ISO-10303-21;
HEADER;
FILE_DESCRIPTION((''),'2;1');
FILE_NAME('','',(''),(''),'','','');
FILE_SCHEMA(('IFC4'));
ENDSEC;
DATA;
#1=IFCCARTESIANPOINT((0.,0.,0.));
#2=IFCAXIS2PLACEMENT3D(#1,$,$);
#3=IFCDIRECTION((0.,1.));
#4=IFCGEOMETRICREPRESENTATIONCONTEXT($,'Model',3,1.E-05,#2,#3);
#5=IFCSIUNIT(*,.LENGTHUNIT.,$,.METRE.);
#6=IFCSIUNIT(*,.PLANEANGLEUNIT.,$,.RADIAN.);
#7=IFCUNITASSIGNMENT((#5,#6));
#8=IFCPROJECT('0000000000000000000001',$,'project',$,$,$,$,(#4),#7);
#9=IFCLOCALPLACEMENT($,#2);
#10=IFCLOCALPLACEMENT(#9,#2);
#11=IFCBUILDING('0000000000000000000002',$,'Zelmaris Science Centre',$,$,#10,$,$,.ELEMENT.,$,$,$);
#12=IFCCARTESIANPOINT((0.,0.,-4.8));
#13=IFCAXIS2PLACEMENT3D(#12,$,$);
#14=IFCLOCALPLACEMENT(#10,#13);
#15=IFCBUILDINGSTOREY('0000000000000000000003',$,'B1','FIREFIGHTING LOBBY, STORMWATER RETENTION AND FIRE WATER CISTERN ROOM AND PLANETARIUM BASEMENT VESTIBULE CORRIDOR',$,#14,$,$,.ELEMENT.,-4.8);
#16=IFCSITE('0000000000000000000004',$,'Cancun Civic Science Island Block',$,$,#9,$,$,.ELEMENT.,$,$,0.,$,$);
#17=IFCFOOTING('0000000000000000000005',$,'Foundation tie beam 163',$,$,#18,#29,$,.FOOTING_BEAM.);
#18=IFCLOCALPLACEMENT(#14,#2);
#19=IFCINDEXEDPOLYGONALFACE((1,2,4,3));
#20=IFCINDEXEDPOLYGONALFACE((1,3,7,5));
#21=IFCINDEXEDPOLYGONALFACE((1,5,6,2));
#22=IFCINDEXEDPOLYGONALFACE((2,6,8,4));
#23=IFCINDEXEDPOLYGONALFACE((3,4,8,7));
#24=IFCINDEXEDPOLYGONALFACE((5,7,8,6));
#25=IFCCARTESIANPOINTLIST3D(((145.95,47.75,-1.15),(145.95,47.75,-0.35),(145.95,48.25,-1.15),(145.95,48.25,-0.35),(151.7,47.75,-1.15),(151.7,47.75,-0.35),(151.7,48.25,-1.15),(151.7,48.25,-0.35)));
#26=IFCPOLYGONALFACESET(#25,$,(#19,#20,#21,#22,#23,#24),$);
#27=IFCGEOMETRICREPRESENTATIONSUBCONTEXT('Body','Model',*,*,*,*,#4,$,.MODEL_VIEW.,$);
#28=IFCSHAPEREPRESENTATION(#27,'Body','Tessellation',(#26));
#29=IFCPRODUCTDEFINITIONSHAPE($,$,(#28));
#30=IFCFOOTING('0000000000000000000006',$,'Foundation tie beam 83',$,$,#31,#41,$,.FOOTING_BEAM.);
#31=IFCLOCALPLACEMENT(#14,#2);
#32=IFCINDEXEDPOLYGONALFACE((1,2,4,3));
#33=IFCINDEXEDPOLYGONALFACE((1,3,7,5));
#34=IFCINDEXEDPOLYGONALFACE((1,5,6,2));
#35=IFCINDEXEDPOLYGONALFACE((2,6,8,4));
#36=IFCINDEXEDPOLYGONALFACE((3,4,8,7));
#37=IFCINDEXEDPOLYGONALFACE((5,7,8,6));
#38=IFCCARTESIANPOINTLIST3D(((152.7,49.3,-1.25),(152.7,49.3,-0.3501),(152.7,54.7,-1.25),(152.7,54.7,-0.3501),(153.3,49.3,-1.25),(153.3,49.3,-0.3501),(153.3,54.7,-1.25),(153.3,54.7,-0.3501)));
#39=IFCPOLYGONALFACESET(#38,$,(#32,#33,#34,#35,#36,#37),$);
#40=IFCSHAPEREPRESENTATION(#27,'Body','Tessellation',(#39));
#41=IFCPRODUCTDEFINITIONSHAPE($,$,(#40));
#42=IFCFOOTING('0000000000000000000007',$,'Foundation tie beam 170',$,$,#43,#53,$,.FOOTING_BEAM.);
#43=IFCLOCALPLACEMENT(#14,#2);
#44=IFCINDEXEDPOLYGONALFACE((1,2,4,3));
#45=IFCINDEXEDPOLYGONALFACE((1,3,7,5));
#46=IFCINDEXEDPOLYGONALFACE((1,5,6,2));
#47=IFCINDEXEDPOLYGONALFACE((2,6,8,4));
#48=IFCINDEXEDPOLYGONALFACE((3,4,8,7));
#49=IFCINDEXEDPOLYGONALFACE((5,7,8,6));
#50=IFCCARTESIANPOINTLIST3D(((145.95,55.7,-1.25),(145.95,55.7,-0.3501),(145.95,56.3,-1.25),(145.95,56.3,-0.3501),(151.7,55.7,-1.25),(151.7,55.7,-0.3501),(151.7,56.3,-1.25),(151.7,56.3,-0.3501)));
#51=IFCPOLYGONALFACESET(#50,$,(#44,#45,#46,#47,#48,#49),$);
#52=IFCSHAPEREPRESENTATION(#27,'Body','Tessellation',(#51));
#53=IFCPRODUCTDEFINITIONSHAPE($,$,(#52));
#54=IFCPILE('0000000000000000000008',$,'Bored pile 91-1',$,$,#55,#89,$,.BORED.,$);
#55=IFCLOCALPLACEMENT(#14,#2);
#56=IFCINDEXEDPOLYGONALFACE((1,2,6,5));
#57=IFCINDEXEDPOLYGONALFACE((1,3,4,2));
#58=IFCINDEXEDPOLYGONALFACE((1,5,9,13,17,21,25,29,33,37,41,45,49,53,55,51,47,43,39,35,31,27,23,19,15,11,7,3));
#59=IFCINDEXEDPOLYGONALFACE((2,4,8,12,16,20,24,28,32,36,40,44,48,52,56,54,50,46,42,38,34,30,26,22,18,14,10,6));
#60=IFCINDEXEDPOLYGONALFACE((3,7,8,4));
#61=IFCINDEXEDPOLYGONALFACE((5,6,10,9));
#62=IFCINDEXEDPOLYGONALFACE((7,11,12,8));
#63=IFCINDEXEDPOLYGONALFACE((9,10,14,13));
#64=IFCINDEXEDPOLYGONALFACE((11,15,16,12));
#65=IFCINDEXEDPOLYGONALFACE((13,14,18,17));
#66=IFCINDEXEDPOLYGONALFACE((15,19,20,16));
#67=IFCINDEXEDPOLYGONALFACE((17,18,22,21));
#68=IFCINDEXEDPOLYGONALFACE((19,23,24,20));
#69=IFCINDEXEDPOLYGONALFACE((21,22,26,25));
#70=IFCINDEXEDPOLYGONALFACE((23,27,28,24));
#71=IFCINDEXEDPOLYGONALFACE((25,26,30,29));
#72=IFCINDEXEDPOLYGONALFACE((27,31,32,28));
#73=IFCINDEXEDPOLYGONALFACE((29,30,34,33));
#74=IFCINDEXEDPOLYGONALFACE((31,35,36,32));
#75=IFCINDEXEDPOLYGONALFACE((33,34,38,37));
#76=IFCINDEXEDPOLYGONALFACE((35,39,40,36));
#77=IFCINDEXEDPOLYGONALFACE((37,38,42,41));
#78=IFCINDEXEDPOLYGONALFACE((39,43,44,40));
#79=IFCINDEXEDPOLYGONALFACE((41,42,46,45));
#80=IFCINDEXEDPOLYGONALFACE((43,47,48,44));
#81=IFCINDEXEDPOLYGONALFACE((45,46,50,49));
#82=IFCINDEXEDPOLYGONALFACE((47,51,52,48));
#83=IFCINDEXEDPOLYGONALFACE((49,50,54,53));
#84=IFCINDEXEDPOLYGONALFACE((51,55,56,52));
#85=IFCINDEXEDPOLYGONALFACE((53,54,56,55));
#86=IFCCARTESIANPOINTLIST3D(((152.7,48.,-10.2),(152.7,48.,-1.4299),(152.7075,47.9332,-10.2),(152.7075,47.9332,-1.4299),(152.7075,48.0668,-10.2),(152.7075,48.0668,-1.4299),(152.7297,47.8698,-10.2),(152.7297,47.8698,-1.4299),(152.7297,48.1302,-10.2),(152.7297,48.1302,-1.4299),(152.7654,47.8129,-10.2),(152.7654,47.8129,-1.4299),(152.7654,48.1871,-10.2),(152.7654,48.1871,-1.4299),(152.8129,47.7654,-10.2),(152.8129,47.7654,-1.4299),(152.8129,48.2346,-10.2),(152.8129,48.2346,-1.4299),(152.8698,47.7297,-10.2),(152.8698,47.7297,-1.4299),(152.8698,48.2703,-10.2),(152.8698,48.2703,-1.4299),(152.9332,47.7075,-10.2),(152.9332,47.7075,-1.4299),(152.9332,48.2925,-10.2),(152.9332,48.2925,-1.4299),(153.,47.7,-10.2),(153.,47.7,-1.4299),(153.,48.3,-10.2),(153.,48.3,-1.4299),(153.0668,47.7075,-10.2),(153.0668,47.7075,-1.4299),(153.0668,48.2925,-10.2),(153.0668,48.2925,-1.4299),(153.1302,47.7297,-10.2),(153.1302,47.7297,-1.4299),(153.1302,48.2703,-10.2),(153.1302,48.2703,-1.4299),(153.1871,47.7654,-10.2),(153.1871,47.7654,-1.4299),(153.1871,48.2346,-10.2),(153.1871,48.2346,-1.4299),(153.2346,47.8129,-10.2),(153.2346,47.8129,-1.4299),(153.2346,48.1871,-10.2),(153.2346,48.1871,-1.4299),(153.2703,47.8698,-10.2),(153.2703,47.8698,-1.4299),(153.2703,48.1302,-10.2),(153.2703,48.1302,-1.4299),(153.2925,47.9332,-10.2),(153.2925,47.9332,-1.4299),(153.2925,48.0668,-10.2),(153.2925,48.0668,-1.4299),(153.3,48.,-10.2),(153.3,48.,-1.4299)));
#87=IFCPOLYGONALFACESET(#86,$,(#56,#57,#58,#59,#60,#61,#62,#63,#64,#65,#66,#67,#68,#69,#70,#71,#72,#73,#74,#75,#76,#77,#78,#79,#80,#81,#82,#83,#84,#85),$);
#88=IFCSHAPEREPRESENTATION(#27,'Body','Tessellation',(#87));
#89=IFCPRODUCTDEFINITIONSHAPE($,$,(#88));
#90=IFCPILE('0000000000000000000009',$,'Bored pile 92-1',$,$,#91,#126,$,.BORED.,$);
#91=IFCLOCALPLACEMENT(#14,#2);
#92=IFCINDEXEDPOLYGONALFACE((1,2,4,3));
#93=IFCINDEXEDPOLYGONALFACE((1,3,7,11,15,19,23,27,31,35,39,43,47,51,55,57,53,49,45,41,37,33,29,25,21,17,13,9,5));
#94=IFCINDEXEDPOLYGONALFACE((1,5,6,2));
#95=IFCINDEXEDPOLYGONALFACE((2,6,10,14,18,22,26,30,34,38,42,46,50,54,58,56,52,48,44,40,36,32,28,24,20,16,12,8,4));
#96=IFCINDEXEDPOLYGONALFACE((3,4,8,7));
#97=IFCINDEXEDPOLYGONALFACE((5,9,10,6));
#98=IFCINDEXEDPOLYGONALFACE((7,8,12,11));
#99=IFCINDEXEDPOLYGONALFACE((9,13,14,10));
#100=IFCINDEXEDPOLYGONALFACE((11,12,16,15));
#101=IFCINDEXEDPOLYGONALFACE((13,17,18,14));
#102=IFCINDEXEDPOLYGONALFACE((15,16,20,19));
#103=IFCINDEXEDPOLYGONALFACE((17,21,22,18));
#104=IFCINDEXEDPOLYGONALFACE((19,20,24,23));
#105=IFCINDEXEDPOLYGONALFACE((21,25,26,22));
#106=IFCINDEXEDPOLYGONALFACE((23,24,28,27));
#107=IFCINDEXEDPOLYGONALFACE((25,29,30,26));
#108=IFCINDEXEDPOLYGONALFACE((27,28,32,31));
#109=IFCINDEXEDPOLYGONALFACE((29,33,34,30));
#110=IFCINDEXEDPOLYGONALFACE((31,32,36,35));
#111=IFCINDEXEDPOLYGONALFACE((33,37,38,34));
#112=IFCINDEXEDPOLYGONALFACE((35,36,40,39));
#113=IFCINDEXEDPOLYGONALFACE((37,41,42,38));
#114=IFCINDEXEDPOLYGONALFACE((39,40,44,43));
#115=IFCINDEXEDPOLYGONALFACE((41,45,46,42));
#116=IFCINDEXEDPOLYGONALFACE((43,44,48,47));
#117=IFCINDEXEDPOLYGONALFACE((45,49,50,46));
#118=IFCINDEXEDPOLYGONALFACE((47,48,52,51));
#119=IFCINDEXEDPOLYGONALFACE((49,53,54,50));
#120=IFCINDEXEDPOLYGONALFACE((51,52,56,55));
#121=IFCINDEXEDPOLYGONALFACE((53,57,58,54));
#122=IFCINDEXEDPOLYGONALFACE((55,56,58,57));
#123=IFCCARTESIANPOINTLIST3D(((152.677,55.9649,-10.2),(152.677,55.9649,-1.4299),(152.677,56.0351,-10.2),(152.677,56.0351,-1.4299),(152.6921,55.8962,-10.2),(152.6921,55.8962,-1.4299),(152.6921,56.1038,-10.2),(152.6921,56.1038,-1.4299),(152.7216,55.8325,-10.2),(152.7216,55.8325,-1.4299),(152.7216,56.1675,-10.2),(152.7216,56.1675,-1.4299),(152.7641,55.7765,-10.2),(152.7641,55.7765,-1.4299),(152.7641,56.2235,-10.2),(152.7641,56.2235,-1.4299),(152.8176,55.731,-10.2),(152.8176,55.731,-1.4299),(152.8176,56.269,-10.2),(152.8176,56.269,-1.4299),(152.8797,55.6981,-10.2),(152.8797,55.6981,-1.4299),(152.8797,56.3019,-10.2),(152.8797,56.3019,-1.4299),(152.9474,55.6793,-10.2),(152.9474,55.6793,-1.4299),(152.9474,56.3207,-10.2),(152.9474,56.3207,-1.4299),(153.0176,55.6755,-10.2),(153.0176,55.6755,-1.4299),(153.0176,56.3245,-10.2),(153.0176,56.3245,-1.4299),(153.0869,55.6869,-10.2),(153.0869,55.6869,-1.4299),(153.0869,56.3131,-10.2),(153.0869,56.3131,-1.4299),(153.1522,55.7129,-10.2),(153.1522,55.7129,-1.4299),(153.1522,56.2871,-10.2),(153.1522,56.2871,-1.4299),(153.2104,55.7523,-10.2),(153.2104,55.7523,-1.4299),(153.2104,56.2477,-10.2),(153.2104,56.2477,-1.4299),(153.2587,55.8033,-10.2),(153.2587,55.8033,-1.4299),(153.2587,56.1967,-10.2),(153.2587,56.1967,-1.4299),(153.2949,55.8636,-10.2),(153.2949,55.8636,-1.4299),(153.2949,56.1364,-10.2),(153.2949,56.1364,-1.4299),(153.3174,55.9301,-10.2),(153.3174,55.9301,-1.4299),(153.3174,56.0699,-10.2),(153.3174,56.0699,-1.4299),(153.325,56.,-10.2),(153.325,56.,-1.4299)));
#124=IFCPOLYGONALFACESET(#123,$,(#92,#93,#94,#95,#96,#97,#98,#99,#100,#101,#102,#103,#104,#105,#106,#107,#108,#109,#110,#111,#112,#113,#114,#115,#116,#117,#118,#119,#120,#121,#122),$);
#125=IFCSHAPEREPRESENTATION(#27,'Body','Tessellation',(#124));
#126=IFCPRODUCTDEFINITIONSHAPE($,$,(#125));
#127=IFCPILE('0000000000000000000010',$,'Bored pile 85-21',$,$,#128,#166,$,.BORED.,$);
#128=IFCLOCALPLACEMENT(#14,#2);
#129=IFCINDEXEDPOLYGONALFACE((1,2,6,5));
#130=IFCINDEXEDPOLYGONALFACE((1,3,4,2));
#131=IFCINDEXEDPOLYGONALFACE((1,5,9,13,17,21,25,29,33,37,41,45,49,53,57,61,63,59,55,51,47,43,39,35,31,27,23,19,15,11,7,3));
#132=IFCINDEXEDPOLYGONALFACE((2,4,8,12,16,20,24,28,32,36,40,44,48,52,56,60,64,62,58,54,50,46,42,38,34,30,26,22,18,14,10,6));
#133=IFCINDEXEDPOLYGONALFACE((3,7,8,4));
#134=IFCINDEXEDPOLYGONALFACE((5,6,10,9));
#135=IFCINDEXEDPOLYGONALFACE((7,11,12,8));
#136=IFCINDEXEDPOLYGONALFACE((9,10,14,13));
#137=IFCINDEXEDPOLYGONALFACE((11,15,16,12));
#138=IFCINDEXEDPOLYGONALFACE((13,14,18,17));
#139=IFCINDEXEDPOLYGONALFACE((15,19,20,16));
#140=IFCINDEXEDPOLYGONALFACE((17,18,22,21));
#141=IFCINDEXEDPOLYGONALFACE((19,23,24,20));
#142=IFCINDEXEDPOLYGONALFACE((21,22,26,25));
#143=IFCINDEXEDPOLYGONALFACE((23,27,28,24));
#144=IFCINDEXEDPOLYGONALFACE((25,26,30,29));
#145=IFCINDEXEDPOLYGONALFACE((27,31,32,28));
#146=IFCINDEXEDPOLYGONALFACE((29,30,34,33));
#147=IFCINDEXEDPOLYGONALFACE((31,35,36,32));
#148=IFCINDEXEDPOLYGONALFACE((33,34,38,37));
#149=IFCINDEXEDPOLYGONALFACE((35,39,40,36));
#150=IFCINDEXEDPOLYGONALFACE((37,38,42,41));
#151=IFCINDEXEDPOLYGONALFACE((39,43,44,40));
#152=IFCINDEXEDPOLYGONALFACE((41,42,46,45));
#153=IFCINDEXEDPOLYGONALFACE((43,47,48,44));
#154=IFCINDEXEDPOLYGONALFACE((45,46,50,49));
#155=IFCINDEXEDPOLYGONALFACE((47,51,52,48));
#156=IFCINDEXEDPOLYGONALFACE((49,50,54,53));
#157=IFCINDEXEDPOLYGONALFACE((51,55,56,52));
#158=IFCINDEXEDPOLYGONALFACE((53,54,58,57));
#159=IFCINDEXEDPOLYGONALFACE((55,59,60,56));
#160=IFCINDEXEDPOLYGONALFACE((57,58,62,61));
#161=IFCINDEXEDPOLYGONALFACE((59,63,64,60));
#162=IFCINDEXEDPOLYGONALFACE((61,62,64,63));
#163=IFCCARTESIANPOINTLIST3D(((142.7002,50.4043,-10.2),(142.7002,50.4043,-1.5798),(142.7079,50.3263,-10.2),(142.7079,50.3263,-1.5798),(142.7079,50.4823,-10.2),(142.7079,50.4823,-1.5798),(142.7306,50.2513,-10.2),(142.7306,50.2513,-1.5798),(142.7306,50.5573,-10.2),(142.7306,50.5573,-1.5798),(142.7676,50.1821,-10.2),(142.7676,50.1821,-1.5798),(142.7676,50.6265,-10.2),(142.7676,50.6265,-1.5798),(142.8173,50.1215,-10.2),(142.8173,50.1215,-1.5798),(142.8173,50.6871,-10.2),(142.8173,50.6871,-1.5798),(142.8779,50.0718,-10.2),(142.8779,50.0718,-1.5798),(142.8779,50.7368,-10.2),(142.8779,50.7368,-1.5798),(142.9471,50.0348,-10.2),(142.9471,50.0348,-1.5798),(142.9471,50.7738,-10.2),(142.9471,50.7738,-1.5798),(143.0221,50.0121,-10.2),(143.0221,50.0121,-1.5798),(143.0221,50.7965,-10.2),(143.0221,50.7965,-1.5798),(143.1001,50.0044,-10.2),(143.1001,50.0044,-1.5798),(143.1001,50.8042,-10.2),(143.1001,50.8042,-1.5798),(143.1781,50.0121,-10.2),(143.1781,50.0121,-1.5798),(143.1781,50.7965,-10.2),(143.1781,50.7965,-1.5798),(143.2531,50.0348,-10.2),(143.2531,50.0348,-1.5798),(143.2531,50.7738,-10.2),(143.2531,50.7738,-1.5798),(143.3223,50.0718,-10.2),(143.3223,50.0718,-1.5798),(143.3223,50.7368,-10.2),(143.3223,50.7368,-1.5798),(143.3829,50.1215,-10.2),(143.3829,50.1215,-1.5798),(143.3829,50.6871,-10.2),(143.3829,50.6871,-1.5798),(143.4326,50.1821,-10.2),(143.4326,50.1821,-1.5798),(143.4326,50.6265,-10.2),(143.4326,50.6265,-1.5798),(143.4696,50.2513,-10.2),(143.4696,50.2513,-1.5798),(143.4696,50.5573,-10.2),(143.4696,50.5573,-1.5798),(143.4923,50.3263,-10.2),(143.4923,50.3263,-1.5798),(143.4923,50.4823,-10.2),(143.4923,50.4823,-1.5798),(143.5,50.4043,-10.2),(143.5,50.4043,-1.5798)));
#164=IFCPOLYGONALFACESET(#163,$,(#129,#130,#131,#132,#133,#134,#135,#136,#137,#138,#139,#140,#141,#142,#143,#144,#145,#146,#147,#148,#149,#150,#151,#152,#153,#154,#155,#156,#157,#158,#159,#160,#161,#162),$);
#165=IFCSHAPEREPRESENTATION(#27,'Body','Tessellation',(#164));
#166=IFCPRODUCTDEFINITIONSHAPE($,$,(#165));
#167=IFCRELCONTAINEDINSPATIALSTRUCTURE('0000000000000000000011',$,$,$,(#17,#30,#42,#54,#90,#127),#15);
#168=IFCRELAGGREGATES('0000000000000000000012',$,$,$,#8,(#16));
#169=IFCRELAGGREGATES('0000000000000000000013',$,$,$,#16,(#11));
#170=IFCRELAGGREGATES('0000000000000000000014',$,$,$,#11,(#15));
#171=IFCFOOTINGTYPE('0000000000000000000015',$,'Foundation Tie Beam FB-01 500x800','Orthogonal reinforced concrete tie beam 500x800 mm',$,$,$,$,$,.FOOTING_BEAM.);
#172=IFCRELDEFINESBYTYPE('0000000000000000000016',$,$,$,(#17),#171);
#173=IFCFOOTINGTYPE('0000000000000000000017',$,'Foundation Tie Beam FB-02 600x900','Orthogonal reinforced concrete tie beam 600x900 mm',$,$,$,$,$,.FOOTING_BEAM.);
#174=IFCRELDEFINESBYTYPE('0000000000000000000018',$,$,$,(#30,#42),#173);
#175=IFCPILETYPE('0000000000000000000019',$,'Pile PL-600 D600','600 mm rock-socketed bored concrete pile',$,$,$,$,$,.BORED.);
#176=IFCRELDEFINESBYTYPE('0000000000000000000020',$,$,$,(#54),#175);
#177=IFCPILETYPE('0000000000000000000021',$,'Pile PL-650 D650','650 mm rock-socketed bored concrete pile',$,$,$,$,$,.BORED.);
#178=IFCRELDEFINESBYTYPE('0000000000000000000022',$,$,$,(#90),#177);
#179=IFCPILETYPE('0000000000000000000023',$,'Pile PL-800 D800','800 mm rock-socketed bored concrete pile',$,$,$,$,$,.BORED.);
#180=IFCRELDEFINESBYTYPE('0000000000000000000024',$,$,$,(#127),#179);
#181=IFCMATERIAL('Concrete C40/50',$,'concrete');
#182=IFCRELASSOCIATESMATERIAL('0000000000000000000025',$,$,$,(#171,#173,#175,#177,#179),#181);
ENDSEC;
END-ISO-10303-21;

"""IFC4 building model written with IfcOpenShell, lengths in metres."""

from ifc_helpers import new_model, si_unit, direction, frame, origin, origin_2d, place, context, subcontext, project, spatial, rectangle, circle, extrude, material, material_profile, profile_set, type_object, element, save


model = new_model("IFC4")

# Units and contexts
model_context = context("Model", 3, precision=1e-05, world=origin(), true_north=direction((0.0, 1.0)))
body_context = subcontext(model_context, "Body", "Model", "MODEL_VIEW")
ifc_project = project(units=[si_unit("LENGTHUNIT", "METRE"), si_unit("PLANEANGLEUNIT", "RADIAN")], contexts=[model_context])

# Site, building, storey
site_placement = place(None, origin())
site = spatial("IfcSite", under=ifc_project, at=site_placement, Name="Cancun Civic Science Island Block", CompositionType="ELEMENT", RefElevation=0.0)
building_placement = place(site_placement, origin())
building = spatial("IfcBuilding", under=site, at=building_placement, Name="Zelmaris Science Centre", CompositionType="ELEMENT")
storey_placement = place(building_placement, frame((0.0, 0.0, -4.8)))
storey = spatial("IfcBuildingStorey", under=building, at=storey_placement, Name="B1", Description="FIREFIGHTING LOBBY, STORMWATER RETENTION AND FIRE WATER CISTERN ROOM AND PLANETARIUM BASEMENT VESTIBULE CORRIDOR", CompositionType="ELEMENT", Elevation=-4.8)

# Footings
ifc_material_1 = material(Name="Concrete C40/50", Category="concrete")
ifc_material_profile_1 = material_profile(ifc_material_1, rectangle(XDim=0.5, YDim=0.8, at=origin_2d()), Name="FB-500X800")
ifc_profile_set_1 = profile_set([ifc_material_profile_1], Name="Concrete C40/50")
footing_type_1 = type_object("IfcFootingType", Name="Foundation Tie Beam FB-01 500x800", Description="Orthogonal reinforced concrete tie beam 500x800 mm", PredefinedType="FOOTING_BEAM", material=ifc_profile_set_1)
footing_1_placement = place(storey_placement, frame((145.95, 48.0, -0.75), z_axis=(1.0, 0.0, 0.0), x_axis=(0.0, 1.0, 0.0)))
element("IfcFooting", 1, at=footing_1_placement, inside=storey, type_object=footing_type_1, Name="Foundation tie beam 163", PredefinedType="FOOTING_BEAM", context=body_context, shape_type="SweptSolid", body=[
    extrude(rectangle(XDim=0.5, YDim=0.8, at=origin_2d()), origin(), (0.0, 0.0, 1.0), 5.75),
])
ifc_material_profile_2 = material_profile(ifc_material_1, rectangle(XDim=0.6001, YDim=0.8999, at=origin_2d()), Name="FB-600X900")
ifc_profile_set_2 = profile_set([ifc_material_profile_2], Name="Concrete C40/50")
footing_type_2 = type_object("IfcFootingType", Name="Foundation Tie Beam FB-02 600x900", Description="Orthogonal reinforced concrete tie beam 600x900 mm", PredefinedType="FOOTING_BEAM", material=ifc_profile_set_2)
footing_2_placement = place(storey_placement, frame((153.0, 49.3, -0.8), z_axis=(0.0, 1.0, 0.0), x_axis=(-1.0, 0.0, 0.0)))
element("IfcFooting", 2, at=footing_2_placement, inside=storey, type_object=footing_type_2, Name="Foundation tie beam 83", PredefinedType="FOOTING_BEAM", context=body_context, shape_type="SweptSolid", body=[
    extrude(rectangle(XDim=0.6001, YDim=0.8999, at=origin_2d()), origin(), (0.0, 0.0, 1.0), 5.3999),
])
footing_3_placement = place(storey_placement, frame((145.95, 56.0, -0.8), z_axis=(1.0, 0.0, 0.0), x_axis=(0.0, 1.0, 0.0)))
element("IfcFooting", 3, at=footing_3_placement, inside=storey, type_object=footing_type_2, Name="Foundation tie beam 170", PredefinedType="FOOTING_BEAM", context=body_context, shape_type="SweptSolid", body=[
    extrude(rectangle(XDim=0.6001, YDim=0.8999, at=origin_2d()), origin(), (0.0, 0.0, 1.0), 5.75),
])

# Piles
ifc_material_profile_3 = material_profile(ifc_material_1, circle(Radius=0.3, at=origin_2d()), Name="PILE-600")
ifc_profile_set_3 = profile_set([ifc_material_profile_3], Name="Concrete C40/50")
pile_type_1 = type_object("IfcPileType", Name="Pile PL-600 D600", Description="600 mm rock-socketed bored concrete pile", PredefinedType="BORED", material=ifc_profile_set_3)
pile_1_placement = place(storey_placement, frame((153.0, 48.0, -1.4299), z_axis=(0.0, 0.0, -1.0), x_axis=(1.0, 0.0, 0.0)))
element("IfcPile", 4, at=pile_1_placement, inside=storey, type_object=pile_type_1, Name="Bored pile 91-1", PredefinedType="BORED", context=body_context, shape_type="SweptSolid", body=[
    extrude(circle(Radius=0.3, at=origin_2d()), origin(), (0.0, 0.0, 1.0), 8.77),
])
ifc_material_profile_4 = material_profile(ifc_material_1, circle(Radius=0.325, at=origin_2d()), Name="PILE-650")
ifc_profile_set_4 = profile_set([ifc_material_profile_4], Name="Concrete C40/50")
pile_type_2 = type_object("IfcPileType", Name="Pile PL-650 D650", Description="650 mm rock-socketed bored concrete pile", PredefinedType="BORED", material=ifc_profile_set_4)
pile_2_placement = place(storey_placement, frame((153.0, 56.0, -1.4299), z_axis=(0.0, 0.0, -1.0), x_axis=(1.0, 0.0, 0.0)))
element("IfcPile", 5, at=pile_2_placement, inside=storey, type_object=pile_type_2, Name="Bored pile 92-1", PredefinedType="BORED", context=body_context, shape_type="SweptSolid", body=[
    extrude(circle(Radius=0.325, at=origin_2d()), origin(), (0.0, 0.0, 1.0), 8.77),
])
ifc_material_profile_5 = material_profile(ifc_material_1, circle(Radius=0.3999, at=origin_2d()), Name="PILE-800")
ifc_profile_set_5 = profile_set([ifc_material_profile_5], Name="Concrete C40/50")
pile_type_3 = type_object("IfcPileType", Name="Pile PL-800 D800", Description="800 mm rock-socketed bored concrete pile", PredefinedType="BORED", material=ifc_profile_set_5)
for number, where, z_axis, x_axis, name in (
    (6, (143.1001, 50.4043, -1.5798), (0.0, 0.0, -1.0), (1.0, 0.0, 0.0), "Bored pile 85-21"),
):
    element("IfcPile", number, at=place(storey_placement, frame(where, z_axis=z_axis, x_axis=x_axis)), inside=storey, type_object=pile_type_3, Name=name, PredefinedType="BORED", context=body_context, shape_type="SweptSolid", body=[
        extrude(circle(Radius=0.3999, at=origin_2d()), origin(), (0.0, 0.0, 1.0), 8.6201),
    ])

save(model, "model.ifc")
